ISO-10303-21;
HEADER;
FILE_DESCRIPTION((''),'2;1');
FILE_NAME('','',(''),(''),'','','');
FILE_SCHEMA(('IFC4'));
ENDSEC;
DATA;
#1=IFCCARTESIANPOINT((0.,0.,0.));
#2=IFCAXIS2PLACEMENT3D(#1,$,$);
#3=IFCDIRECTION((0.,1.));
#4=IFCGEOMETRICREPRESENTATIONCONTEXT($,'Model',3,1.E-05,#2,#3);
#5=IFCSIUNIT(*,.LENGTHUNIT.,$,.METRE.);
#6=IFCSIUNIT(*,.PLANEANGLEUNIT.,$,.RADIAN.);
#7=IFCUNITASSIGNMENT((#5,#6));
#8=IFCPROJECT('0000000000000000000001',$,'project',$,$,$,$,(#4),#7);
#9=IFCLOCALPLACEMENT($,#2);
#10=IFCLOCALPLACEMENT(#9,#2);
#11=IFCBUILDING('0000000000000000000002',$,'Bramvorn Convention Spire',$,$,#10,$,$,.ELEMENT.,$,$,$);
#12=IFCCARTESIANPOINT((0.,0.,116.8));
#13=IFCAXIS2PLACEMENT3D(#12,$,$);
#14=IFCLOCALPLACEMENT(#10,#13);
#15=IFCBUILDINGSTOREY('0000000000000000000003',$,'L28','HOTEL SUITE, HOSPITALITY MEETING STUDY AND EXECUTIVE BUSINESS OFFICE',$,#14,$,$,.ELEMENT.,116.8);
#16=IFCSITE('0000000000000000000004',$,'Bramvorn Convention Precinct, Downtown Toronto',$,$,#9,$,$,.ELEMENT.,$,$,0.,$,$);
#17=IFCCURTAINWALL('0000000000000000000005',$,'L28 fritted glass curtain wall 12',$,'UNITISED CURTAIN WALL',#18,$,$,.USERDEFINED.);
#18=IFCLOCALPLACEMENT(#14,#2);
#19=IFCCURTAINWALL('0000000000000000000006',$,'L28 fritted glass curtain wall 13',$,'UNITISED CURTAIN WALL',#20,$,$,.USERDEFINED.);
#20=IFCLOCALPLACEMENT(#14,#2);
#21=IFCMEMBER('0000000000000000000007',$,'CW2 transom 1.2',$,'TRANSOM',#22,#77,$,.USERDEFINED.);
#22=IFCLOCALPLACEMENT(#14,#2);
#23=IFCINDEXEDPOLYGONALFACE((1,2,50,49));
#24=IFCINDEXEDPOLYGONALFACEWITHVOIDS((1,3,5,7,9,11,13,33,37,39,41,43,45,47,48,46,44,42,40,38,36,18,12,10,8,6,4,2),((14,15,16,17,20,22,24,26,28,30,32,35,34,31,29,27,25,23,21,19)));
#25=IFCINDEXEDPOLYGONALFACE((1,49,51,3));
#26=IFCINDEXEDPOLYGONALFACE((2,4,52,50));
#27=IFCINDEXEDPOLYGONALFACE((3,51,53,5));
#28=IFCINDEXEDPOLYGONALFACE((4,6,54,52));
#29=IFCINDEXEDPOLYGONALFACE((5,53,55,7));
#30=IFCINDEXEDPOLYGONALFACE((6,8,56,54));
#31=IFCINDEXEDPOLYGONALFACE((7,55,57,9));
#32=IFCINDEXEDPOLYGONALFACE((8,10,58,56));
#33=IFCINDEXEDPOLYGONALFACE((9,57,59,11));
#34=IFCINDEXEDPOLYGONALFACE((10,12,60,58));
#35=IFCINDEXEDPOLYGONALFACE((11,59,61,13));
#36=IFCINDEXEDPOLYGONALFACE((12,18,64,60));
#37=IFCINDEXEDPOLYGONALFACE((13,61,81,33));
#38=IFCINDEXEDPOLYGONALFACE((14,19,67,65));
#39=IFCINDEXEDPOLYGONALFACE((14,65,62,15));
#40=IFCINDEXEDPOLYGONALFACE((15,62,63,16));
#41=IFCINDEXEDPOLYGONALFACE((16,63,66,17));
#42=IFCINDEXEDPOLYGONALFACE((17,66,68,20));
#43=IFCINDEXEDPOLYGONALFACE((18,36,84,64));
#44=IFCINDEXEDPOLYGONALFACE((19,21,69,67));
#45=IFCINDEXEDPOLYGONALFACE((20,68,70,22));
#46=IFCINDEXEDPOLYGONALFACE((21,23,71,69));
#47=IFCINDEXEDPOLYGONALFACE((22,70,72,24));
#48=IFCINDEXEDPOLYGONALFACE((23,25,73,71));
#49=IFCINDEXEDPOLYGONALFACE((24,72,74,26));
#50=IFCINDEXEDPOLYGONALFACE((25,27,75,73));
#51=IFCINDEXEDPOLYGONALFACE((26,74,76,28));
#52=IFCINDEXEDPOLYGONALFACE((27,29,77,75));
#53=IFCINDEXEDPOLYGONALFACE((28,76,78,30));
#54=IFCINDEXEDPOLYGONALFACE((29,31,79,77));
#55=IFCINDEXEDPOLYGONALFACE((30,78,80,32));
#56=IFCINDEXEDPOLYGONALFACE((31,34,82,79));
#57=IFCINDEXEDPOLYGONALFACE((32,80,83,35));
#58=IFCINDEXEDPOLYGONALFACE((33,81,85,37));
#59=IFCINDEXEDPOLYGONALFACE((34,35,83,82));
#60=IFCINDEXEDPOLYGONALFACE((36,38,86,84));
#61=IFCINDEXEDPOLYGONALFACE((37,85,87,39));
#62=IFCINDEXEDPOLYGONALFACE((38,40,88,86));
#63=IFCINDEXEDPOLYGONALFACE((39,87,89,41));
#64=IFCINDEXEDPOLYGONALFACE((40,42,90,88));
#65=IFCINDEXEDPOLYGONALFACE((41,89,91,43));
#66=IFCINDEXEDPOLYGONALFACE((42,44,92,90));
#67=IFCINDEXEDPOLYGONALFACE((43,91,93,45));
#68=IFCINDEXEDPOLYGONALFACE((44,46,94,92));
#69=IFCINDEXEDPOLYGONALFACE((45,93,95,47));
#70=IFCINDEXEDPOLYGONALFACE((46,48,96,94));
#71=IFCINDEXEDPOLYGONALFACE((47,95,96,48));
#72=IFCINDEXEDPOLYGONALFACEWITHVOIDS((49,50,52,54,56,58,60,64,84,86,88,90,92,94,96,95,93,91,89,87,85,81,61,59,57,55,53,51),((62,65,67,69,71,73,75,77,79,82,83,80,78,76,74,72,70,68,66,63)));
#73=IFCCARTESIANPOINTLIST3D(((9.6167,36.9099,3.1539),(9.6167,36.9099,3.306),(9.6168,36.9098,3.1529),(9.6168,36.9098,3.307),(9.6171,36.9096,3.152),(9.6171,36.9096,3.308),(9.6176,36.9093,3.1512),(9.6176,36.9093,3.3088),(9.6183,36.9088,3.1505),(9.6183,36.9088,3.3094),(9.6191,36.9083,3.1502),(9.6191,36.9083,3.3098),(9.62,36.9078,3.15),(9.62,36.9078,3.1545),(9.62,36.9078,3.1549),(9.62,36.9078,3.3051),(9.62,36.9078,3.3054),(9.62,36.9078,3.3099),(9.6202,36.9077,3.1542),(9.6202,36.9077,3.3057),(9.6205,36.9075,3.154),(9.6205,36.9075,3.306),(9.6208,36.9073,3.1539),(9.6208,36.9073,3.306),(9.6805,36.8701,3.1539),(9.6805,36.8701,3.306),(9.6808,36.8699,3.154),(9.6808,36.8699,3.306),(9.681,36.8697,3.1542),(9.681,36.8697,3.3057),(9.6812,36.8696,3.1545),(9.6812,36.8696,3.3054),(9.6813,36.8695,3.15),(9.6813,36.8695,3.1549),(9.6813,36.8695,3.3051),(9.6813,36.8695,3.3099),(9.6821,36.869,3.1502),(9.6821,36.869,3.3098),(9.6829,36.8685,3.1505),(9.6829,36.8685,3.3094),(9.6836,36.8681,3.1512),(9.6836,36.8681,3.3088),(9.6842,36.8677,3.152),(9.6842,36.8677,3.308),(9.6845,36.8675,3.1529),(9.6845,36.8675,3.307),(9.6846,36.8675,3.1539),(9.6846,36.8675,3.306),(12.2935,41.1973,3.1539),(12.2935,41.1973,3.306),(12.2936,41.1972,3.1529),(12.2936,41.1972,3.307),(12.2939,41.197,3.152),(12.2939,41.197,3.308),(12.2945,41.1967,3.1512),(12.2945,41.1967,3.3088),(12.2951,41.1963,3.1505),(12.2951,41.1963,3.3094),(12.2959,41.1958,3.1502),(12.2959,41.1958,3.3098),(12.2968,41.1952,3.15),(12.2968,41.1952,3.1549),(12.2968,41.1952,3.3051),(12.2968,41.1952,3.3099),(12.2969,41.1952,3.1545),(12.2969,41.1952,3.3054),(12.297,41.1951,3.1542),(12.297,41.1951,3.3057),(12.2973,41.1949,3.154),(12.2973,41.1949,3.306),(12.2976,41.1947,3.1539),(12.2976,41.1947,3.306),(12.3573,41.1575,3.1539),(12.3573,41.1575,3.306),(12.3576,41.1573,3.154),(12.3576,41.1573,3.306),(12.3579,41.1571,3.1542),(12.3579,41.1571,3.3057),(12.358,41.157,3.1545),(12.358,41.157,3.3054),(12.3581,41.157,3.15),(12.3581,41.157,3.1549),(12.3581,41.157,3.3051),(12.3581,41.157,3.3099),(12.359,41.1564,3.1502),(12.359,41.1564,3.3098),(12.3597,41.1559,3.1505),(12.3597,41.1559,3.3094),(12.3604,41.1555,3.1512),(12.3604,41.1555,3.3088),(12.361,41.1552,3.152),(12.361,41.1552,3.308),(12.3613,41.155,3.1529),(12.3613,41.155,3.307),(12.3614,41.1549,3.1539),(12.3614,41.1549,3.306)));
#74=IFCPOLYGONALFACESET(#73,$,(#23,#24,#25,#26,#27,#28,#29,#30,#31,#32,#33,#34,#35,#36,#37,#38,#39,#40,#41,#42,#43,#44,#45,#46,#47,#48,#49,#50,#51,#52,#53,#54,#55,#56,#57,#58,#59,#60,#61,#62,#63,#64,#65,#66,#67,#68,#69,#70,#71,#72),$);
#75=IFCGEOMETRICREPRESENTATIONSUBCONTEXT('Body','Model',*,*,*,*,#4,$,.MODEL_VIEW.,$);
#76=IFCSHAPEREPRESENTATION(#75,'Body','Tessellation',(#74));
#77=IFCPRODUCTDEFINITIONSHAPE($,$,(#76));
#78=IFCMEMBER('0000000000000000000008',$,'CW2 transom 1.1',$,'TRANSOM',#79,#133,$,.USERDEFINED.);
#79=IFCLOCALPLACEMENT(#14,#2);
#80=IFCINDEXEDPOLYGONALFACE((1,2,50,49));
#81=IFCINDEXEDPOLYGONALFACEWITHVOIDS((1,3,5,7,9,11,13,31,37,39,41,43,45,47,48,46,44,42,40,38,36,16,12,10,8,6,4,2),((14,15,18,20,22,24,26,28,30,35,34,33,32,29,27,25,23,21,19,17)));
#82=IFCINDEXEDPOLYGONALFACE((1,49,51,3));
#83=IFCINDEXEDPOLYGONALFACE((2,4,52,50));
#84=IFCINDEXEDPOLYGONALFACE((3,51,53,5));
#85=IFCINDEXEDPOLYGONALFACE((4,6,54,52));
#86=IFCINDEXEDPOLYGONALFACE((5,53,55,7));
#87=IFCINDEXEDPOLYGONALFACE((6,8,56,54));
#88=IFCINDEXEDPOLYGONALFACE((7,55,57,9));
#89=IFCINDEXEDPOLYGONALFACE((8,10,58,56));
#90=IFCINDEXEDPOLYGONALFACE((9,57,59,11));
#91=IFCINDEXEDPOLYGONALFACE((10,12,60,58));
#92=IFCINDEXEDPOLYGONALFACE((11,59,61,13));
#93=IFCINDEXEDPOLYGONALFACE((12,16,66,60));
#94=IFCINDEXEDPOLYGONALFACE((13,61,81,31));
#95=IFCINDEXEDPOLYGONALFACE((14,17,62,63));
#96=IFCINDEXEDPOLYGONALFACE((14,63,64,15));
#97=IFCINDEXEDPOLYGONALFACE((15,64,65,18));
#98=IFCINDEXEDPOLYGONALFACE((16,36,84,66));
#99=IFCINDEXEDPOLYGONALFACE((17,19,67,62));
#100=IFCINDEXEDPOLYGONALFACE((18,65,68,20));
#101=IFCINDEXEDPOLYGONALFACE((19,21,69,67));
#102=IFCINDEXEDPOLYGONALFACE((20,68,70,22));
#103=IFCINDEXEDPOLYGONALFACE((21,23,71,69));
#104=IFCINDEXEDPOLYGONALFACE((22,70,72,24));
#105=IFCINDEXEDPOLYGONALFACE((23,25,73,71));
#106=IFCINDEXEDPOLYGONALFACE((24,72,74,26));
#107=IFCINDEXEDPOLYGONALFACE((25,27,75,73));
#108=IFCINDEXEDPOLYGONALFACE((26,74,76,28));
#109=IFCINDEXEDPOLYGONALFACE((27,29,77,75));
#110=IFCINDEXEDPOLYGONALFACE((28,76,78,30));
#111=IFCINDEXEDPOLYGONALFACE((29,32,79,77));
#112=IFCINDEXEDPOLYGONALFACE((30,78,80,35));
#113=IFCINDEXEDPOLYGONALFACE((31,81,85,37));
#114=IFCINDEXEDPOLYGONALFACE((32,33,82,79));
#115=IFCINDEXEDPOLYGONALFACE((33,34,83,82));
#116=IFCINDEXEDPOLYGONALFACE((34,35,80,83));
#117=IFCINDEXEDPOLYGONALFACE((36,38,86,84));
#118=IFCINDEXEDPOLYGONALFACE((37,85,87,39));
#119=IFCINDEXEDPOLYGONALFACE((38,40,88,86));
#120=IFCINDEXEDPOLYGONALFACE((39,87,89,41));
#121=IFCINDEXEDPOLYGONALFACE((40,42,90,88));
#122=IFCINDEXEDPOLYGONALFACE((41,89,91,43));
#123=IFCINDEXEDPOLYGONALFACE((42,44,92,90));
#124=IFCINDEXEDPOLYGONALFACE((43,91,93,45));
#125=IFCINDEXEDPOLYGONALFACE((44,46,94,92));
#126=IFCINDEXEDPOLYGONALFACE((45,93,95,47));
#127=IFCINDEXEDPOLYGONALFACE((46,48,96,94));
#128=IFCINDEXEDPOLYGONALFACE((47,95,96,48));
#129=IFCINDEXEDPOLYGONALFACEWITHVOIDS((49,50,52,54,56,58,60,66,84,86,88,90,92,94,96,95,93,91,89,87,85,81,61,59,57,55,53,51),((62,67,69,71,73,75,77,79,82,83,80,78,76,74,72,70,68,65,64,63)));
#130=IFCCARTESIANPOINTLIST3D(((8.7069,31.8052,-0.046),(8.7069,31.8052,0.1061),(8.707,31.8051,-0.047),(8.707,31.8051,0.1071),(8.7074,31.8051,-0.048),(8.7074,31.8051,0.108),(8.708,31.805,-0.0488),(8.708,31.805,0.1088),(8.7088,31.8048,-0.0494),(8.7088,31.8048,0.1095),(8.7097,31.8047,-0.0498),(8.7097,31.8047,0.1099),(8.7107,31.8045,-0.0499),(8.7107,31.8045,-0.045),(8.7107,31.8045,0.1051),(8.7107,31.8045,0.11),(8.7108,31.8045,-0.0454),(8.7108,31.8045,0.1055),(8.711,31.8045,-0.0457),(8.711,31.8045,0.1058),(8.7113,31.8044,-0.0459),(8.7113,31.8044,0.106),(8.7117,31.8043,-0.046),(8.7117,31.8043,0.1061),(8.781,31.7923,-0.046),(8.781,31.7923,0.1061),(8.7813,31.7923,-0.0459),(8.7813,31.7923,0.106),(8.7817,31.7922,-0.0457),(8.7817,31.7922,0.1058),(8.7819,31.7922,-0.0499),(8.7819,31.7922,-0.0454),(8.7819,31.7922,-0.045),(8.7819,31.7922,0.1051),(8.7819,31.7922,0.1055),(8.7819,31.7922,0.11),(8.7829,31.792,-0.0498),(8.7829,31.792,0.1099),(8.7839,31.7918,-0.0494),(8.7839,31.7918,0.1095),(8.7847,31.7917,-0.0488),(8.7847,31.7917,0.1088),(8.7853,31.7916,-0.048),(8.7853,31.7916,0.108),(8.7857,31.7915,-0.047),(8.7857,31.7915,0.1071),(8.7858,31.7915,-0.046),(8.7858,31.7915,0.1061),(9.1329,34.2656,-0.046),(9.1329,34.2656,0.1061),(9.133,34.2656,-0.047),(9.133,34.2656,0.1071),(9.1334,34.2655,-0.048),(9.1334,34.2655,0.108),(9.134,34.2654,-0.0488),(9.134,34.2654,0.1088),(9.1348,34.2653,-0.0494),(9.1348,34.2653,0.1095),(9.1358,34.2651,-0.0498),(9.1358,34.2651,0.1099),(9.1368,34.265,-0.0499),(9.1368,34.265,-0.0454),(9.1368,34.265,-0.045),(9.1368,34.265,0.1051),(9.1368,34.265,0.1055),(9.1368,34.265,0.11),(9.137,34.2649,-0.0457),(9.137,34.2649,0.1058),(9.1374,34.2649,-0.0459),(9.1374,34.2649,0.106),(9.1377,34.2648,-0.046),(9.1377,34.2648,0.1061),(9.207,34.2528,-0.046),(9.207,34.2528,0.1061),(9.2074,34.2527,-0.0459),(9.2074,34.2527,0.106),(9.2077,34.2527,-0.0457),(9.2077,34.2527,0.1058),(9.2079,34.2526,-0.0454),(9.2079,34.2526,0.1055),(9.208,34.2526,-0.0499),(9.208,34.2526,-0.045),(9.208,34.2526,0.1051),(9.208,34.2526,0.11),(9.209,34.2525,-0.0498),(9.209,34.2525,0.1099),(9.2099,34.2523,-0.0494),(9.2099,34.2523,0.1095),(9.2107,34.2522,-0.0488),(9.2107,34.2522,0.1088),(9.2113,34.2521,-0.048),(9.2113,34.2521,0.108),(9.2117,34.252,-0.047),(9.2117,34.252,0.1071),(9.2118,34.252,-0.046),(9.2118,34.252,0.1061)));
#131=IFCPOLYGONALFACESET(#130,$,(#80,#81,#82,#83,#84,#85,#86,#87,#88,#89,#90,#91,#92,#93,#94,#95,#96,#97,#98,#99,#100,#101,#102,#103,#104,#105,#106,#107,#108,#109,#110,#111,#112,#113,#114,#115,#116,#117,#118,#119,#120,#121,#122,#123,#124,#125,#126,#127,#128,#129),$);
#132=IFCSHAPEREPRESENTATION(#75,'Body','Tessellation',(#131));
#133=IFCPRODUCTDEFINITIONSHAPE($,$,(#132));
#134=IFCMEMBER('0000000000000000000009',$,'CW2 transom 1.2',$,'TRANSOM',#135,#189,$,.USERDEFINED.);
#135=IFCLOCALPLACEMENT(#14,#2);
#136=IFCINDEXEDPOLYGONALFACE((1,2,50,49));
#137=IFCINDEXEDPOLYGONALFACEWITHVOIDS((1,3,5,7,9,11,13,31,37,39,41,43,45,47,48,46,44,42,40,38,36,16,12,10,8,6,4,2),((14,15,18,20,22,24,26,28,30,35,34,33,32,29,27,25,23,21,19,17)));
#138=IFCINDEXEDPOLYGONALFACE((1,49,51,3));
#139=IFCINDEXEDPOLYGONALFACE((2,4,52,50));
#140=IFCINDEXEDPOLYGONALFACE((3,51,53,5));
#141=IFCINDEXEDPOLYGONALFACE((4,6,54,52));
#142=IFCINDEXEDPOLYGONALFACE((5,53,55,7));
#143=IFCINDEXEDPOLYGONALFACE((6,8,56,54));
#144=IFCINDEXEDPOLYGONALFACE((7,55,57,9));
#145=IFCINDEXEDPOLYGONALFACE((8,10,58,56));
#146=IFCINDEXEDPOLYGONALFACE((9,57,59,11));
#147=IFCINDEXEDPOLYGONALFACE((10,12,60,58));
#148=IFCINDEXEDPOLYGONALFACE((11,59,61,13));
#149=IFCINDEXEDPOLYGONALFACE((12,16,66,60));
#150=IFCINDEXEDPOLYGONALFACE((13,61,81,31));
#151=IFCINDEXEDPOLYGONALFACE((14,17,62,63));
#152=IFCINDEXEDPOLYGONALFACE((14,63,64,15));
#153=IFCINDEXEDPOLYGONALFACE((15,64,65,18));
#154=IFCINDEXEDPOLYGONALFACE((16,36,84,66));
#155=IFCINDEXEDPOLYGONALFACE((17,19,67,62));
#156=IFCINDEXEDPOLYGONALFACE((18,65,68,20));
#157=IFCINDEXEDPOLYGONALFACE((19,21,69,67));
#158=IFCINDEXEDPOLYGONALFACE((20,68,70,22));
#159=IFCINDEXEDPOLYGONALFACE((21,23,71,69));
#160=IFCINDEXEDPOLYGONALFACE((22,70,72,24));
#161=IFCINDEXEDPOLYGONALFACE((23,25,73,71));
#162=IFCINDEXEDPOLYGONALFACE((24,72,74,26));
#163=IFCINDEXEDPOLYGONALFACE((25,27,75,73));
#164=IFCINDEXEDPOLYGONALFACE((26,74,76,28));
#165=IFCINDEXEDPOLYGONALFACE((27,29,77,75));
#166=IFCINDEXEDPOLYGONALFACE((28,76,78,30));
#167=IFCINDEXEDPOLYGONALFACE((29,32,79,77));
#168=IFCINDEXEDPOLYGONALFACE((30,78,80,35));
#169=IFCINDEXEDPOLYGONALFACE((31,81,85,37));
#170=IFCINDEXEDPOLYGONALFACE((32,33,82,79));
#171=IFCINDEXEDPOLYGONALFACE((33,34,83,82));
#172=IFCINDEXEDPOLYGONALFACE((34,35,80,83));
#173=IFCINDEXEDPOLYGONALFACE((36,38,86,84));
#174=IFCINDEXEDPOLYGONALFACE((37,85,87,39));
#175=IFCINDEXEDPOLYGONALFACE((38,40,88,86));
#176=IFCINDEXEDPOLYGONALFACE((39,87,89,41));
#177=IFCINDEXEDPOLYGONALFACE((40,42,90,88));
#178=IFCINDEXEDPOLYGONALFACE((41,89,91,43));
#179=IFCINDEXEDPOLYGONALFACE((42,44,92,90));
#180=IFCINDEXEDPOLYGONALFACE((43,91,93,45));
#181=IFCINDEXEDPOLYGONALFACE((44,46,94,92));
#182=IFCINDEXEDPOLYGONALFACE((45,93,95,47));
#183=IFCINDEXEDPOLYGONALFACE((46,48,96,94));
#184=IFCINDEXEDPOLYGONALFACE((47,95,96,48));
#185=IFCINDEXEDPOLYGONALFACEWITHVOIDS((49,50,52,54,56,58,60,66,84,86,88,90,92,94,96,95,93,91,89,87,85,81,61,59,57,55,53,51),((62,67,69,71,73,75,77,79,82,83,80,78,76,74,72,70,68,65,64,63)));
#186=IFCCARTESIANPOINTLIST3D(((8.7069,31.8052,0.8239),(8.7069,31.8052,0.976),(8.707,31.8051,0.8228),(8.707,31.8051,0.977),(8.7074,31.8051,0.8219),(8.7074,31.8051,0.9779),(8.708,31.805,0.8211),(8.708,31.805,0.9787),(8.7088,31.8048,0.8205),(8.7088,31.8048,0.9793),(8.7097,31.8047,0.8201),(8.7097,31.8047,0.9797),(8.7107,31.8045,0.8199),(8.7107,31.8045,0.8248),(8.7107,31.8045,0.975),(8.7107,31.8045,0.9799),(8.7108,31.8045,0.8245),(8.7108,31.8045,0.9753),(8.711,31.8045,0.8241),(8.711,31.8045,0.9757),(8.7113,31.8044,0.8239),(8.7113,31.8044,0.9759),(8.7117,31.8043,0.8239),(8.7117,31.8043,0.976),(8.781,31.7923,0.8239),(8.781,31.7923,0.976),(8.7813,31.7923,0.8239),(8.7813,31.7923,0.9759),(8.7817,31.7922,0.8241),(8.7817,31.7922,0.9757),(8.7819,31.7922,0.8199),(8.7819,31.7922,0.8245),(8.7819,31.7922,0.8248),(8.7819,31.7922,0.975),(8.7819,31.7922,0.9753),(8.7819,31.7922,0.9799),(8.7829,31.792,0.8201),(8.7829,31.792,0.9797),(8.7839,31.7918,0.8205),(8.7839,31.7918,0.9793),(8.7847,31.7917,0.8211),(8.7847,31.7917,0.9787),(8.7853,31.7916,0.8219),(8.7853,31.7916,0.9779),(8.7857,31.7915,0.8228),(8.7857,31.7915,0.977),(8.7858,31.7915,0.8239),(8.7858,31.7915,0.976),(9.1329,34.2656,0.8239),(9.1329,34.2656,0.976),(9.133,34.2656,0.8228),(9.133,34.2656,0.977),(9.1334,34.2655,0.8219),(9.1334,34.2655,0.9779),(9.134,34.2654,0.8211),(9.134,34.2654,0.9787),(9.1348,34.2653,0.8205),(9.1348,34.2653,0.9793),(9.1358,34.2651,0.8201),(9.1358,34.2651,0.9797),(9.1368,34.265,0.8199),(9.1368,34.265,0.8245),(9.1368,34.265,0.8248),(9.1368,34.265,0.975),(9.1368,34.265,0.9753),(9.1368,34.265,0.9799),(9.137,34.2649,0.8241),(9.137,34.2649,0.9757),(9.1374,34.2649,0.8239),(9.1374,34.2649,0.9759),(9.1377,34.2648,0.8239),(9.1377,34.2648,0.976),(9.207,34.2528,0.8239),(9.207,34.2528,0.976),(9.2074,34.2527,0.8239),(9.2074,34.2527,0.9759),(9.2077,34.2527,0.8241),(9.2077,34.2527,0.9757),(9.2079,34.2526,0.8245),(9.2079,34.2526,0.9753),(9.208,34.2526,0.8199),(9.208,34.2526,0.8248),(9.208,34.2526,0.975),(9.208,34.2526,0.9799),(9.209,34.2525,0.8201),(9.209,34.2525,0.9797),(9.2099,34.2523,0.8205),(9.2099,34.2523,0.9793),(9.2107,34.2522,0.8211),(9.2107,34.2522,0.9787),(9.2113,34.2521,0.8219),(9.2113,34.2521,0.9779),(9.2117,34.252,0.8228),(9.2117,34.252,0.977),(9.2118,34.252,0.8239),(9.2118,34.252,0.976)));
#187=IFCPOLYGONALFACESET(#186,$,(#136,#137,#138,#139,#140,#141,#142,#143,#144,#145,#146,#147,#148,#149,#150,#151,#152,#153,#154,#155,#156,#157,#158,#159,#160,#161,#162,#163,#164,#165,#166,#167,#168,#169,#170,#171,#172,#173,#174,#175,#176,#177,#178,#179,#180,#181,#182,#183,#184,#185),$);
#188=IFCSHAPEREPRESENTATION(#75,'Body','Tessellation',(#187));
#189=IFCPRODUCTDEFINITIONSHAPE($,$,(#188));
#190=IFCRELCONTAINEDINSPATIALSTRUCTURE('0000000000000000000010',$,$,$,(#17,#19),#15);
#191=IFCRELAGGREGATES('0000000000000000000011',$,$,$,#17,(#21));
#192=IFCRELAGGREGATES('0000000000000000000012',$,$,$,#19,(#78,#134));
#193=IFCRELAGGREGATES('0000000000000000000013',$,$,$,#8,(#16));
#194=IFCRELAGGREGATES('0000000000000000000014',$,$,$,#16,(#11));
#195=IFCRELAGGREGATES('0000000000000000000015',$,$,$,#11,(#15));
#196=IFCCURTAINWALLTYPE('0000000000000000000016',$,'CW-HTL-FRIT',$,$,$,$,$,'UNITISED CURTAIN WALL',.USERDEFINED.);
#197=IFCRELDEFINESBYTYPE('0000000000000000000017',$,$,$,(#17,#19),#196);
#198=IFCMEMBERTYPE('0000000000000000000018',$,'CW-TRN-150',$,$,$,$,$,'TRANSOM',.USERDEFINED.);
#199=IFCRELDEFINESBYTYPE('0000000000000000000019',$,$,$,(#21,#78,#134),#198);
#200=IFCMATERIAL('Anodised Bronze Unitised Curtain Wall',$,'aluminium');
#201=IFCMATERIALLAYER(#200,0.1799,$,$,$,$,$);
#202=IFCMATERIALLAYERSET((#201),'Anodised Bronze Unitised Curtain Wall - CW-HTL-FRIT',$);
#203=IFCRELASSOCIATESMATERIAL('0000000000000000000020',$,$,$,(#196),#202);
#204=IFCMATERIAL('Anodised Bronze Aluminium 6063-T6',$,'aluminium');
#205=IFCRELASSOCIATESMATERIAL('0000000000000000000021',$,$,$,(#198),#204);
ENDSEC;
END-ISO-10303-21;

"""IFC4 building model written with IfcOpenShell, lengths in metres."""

from ifc_helpers import new_model, si_unit, direction, frame, origin, origin_2d, place, context, subcontext, project, spatial, hollow_rectangle, extrude, material, layer, layer_set, material_profile, profile_set, type_object, element, aggregate, save


model = new_model("IFC4")

# Units and contexts
model_context = context("Model", 3, precision=1e-05, world=origin(), true_north=direction((0.0, 1.0)))
body_context = subcontext(model_context, "Body", "Model", "MODEL_VIEW")
ifc_project = project(units=[si_unit("LENGTHUNIT", "METRE"), si_unit("PLANEANGLEUNIT", "RADIAN")], contexts=[model_context])

# Site, building, storey
site_placement = place(None, origin())
site = spatial("IfcSite", under=ifc_project, at=site_placement, Name="Bramvorn Convention Precinct, Downtown Toronto", CompositionType="ELEMENT", RefElevation=0.0)
building_placement = place(site_placement, origin())
building = spatial("IfcBuilding", under=site, at=building_placement, Name="Bramvorn Convention Spire", CompositionType="ELEMENT")
storey_placement = place(building_placement, frame((0.0, 0.0, 116.8)))
storey = spatial("IfcBuildingStorey", under=building, at=storey_placement, Name="L28", Description="HOTEL SUITE, HOSPITALITY MEETING STUDY AND EXECUTIVE BUSINESS OFFICE", CompositionType="ELEMENT", Elevation=116.8)

# Curtain walls
ifc_material_1 = material(Name="Anodised Bronze Unitised Curtain Wall", Category="aluminium")
ifc_layer_1 = layer(ifc_material_1, 0.1799)
ifc_layer_set_1 = layer_set([ifc_layer_1], Name="Anodised Bronze Unitised Curtain Wall - CW-HTL-FRIT")
curtain_wall_type = type_object("IfcCurtainWallType", Name="CW-HTL-FRIT", ElementType="UNITISED CURTAIN WALL", PredefinedType="USERDEFINED", material=ifc_layer_set_1)
curtain_wall_1_placement = place(storey_placement, origin())
curtain_wall_1 = element("IfcCurtainWall", 1, at=curtain_wall_1_placement, inside=storey, type_object=curtain_wall_type, Name="L28 fritted glass curtain wall 12", ObjectType="UNITISED CURTAIN WALL", PredefinedType="USERDEFINED")
ifc_material_2 = material(Name="Anodised Bronze Aluminium 6063-T6", Category="aluminium")
curtain_wall_2_placement = place(storey_placement, origin())
curtain_wall_2 = element("IfcCurtainWall", 2, at=curtain_wall_2_placement, inside=storey, type_object=curtain_wall_type, Name="L28 fritted glass curtain wall 13", ObjectType="UNITISED CURTAIN WALL", PredefinedType="USERDEFINED")

# Members
ifc_material_profile_1 = material_profile(ifc_material_2, hollow_rectangle(XDim=0.0801, YDim=0.1599, WallThickness=0.0039, InnerFilletRadius=0.001, OuterFilletRadius=0.0039, at=origin_2d()))
ifc_profile_set_1 = profile_set([ifc_material_profile_1], Name="Anodised Bronze Aluminium 6063-T6 - CWT80X160")
member_type_1 = type_object("IfcMemberType", Name="CW-TRN-150", ElementType="TRANSOM", PredefinedType="USERDEFINED", material=ifc_profile_set_1)
member_1_placement = place(storey_placement, frame((9.6506, 36.8887, 3.23), z_axis=(0.529595, 0.848251, 0.0), x_axis=(-0.848251, 0.529595, 0.0)))
member_1 = element("IfcMember", 3, at=member_1_placement, type_object=member_type_1, Name="CW2 transom 1.2", ObjectType="TRANSOM", PredefinedType="USERDEFINED", context=body_context, shape_type="SweptSolid", body=[
    extrude(hollow_rectangle(XDim=0.0801, YDim=0.1599, WallThickness=0.0039, InnerFilletRadius=0.001, OuterFilletRadius=0.0039, at=origin_2d()), origin(), (0.0, 0.0, 1.0), 5.0544),
])
member_2_placement = place(storey_placement, frame((8.7463, 31.7983, 0.03), z_axis=(0.170611, 0.985338, 0.0), x_axis=(-0.985338, 0.170611, 0.0)))
member_2 = element("IfcMember", 4, at=member_2_placement, type_object=member_type_1, Name="CW2 transom 1.1", ObjectType="TRANSOM", PredefinedType="USERDEFINED", context=body_context, shape_type="SweptSolid", body=[
    extrude(hollow_rectangle(XDim=0.0801, YDim=0.1599, WallThickness=0.0039, InnerFilletRadius=0.001, OuterFilletRadius=0.0039, at=origin_2d()), origin(), (0.0, 0.0, 1.0), 2.4971),
])
member_3_placement = place(storey_placement, frame((8.7463, 31.7983, 0.8999), z_axis=(0.170611, 0.985338, 0.0), x_axis=(-0.985338, 0.170611, 0.0)))
member_3 = element("IfcMember", 5, at=member_3_placement, type_object=member_type_1, Name="CW2 transom 1.2", ObjectType="TRANSOM", PredefinedType="USERDEFINED", context=body_context, shape_type="SweptSolid", body=[
    extrude(hollow_rectangle(XDim=0.0801, YDim=0.1599, WallThickness=0.0039, InnerFilletRadius=0.001, OuterFilletRadius=0.0039, at=origin_2d()), origin(), (0.0, 0.0, 1.0), 2.4971),
])

aggregate(curtain_wall_1, [member_1])
aggregate(curtain_wall_2, [member_2, member_3])

save(model, "model.ifc")
